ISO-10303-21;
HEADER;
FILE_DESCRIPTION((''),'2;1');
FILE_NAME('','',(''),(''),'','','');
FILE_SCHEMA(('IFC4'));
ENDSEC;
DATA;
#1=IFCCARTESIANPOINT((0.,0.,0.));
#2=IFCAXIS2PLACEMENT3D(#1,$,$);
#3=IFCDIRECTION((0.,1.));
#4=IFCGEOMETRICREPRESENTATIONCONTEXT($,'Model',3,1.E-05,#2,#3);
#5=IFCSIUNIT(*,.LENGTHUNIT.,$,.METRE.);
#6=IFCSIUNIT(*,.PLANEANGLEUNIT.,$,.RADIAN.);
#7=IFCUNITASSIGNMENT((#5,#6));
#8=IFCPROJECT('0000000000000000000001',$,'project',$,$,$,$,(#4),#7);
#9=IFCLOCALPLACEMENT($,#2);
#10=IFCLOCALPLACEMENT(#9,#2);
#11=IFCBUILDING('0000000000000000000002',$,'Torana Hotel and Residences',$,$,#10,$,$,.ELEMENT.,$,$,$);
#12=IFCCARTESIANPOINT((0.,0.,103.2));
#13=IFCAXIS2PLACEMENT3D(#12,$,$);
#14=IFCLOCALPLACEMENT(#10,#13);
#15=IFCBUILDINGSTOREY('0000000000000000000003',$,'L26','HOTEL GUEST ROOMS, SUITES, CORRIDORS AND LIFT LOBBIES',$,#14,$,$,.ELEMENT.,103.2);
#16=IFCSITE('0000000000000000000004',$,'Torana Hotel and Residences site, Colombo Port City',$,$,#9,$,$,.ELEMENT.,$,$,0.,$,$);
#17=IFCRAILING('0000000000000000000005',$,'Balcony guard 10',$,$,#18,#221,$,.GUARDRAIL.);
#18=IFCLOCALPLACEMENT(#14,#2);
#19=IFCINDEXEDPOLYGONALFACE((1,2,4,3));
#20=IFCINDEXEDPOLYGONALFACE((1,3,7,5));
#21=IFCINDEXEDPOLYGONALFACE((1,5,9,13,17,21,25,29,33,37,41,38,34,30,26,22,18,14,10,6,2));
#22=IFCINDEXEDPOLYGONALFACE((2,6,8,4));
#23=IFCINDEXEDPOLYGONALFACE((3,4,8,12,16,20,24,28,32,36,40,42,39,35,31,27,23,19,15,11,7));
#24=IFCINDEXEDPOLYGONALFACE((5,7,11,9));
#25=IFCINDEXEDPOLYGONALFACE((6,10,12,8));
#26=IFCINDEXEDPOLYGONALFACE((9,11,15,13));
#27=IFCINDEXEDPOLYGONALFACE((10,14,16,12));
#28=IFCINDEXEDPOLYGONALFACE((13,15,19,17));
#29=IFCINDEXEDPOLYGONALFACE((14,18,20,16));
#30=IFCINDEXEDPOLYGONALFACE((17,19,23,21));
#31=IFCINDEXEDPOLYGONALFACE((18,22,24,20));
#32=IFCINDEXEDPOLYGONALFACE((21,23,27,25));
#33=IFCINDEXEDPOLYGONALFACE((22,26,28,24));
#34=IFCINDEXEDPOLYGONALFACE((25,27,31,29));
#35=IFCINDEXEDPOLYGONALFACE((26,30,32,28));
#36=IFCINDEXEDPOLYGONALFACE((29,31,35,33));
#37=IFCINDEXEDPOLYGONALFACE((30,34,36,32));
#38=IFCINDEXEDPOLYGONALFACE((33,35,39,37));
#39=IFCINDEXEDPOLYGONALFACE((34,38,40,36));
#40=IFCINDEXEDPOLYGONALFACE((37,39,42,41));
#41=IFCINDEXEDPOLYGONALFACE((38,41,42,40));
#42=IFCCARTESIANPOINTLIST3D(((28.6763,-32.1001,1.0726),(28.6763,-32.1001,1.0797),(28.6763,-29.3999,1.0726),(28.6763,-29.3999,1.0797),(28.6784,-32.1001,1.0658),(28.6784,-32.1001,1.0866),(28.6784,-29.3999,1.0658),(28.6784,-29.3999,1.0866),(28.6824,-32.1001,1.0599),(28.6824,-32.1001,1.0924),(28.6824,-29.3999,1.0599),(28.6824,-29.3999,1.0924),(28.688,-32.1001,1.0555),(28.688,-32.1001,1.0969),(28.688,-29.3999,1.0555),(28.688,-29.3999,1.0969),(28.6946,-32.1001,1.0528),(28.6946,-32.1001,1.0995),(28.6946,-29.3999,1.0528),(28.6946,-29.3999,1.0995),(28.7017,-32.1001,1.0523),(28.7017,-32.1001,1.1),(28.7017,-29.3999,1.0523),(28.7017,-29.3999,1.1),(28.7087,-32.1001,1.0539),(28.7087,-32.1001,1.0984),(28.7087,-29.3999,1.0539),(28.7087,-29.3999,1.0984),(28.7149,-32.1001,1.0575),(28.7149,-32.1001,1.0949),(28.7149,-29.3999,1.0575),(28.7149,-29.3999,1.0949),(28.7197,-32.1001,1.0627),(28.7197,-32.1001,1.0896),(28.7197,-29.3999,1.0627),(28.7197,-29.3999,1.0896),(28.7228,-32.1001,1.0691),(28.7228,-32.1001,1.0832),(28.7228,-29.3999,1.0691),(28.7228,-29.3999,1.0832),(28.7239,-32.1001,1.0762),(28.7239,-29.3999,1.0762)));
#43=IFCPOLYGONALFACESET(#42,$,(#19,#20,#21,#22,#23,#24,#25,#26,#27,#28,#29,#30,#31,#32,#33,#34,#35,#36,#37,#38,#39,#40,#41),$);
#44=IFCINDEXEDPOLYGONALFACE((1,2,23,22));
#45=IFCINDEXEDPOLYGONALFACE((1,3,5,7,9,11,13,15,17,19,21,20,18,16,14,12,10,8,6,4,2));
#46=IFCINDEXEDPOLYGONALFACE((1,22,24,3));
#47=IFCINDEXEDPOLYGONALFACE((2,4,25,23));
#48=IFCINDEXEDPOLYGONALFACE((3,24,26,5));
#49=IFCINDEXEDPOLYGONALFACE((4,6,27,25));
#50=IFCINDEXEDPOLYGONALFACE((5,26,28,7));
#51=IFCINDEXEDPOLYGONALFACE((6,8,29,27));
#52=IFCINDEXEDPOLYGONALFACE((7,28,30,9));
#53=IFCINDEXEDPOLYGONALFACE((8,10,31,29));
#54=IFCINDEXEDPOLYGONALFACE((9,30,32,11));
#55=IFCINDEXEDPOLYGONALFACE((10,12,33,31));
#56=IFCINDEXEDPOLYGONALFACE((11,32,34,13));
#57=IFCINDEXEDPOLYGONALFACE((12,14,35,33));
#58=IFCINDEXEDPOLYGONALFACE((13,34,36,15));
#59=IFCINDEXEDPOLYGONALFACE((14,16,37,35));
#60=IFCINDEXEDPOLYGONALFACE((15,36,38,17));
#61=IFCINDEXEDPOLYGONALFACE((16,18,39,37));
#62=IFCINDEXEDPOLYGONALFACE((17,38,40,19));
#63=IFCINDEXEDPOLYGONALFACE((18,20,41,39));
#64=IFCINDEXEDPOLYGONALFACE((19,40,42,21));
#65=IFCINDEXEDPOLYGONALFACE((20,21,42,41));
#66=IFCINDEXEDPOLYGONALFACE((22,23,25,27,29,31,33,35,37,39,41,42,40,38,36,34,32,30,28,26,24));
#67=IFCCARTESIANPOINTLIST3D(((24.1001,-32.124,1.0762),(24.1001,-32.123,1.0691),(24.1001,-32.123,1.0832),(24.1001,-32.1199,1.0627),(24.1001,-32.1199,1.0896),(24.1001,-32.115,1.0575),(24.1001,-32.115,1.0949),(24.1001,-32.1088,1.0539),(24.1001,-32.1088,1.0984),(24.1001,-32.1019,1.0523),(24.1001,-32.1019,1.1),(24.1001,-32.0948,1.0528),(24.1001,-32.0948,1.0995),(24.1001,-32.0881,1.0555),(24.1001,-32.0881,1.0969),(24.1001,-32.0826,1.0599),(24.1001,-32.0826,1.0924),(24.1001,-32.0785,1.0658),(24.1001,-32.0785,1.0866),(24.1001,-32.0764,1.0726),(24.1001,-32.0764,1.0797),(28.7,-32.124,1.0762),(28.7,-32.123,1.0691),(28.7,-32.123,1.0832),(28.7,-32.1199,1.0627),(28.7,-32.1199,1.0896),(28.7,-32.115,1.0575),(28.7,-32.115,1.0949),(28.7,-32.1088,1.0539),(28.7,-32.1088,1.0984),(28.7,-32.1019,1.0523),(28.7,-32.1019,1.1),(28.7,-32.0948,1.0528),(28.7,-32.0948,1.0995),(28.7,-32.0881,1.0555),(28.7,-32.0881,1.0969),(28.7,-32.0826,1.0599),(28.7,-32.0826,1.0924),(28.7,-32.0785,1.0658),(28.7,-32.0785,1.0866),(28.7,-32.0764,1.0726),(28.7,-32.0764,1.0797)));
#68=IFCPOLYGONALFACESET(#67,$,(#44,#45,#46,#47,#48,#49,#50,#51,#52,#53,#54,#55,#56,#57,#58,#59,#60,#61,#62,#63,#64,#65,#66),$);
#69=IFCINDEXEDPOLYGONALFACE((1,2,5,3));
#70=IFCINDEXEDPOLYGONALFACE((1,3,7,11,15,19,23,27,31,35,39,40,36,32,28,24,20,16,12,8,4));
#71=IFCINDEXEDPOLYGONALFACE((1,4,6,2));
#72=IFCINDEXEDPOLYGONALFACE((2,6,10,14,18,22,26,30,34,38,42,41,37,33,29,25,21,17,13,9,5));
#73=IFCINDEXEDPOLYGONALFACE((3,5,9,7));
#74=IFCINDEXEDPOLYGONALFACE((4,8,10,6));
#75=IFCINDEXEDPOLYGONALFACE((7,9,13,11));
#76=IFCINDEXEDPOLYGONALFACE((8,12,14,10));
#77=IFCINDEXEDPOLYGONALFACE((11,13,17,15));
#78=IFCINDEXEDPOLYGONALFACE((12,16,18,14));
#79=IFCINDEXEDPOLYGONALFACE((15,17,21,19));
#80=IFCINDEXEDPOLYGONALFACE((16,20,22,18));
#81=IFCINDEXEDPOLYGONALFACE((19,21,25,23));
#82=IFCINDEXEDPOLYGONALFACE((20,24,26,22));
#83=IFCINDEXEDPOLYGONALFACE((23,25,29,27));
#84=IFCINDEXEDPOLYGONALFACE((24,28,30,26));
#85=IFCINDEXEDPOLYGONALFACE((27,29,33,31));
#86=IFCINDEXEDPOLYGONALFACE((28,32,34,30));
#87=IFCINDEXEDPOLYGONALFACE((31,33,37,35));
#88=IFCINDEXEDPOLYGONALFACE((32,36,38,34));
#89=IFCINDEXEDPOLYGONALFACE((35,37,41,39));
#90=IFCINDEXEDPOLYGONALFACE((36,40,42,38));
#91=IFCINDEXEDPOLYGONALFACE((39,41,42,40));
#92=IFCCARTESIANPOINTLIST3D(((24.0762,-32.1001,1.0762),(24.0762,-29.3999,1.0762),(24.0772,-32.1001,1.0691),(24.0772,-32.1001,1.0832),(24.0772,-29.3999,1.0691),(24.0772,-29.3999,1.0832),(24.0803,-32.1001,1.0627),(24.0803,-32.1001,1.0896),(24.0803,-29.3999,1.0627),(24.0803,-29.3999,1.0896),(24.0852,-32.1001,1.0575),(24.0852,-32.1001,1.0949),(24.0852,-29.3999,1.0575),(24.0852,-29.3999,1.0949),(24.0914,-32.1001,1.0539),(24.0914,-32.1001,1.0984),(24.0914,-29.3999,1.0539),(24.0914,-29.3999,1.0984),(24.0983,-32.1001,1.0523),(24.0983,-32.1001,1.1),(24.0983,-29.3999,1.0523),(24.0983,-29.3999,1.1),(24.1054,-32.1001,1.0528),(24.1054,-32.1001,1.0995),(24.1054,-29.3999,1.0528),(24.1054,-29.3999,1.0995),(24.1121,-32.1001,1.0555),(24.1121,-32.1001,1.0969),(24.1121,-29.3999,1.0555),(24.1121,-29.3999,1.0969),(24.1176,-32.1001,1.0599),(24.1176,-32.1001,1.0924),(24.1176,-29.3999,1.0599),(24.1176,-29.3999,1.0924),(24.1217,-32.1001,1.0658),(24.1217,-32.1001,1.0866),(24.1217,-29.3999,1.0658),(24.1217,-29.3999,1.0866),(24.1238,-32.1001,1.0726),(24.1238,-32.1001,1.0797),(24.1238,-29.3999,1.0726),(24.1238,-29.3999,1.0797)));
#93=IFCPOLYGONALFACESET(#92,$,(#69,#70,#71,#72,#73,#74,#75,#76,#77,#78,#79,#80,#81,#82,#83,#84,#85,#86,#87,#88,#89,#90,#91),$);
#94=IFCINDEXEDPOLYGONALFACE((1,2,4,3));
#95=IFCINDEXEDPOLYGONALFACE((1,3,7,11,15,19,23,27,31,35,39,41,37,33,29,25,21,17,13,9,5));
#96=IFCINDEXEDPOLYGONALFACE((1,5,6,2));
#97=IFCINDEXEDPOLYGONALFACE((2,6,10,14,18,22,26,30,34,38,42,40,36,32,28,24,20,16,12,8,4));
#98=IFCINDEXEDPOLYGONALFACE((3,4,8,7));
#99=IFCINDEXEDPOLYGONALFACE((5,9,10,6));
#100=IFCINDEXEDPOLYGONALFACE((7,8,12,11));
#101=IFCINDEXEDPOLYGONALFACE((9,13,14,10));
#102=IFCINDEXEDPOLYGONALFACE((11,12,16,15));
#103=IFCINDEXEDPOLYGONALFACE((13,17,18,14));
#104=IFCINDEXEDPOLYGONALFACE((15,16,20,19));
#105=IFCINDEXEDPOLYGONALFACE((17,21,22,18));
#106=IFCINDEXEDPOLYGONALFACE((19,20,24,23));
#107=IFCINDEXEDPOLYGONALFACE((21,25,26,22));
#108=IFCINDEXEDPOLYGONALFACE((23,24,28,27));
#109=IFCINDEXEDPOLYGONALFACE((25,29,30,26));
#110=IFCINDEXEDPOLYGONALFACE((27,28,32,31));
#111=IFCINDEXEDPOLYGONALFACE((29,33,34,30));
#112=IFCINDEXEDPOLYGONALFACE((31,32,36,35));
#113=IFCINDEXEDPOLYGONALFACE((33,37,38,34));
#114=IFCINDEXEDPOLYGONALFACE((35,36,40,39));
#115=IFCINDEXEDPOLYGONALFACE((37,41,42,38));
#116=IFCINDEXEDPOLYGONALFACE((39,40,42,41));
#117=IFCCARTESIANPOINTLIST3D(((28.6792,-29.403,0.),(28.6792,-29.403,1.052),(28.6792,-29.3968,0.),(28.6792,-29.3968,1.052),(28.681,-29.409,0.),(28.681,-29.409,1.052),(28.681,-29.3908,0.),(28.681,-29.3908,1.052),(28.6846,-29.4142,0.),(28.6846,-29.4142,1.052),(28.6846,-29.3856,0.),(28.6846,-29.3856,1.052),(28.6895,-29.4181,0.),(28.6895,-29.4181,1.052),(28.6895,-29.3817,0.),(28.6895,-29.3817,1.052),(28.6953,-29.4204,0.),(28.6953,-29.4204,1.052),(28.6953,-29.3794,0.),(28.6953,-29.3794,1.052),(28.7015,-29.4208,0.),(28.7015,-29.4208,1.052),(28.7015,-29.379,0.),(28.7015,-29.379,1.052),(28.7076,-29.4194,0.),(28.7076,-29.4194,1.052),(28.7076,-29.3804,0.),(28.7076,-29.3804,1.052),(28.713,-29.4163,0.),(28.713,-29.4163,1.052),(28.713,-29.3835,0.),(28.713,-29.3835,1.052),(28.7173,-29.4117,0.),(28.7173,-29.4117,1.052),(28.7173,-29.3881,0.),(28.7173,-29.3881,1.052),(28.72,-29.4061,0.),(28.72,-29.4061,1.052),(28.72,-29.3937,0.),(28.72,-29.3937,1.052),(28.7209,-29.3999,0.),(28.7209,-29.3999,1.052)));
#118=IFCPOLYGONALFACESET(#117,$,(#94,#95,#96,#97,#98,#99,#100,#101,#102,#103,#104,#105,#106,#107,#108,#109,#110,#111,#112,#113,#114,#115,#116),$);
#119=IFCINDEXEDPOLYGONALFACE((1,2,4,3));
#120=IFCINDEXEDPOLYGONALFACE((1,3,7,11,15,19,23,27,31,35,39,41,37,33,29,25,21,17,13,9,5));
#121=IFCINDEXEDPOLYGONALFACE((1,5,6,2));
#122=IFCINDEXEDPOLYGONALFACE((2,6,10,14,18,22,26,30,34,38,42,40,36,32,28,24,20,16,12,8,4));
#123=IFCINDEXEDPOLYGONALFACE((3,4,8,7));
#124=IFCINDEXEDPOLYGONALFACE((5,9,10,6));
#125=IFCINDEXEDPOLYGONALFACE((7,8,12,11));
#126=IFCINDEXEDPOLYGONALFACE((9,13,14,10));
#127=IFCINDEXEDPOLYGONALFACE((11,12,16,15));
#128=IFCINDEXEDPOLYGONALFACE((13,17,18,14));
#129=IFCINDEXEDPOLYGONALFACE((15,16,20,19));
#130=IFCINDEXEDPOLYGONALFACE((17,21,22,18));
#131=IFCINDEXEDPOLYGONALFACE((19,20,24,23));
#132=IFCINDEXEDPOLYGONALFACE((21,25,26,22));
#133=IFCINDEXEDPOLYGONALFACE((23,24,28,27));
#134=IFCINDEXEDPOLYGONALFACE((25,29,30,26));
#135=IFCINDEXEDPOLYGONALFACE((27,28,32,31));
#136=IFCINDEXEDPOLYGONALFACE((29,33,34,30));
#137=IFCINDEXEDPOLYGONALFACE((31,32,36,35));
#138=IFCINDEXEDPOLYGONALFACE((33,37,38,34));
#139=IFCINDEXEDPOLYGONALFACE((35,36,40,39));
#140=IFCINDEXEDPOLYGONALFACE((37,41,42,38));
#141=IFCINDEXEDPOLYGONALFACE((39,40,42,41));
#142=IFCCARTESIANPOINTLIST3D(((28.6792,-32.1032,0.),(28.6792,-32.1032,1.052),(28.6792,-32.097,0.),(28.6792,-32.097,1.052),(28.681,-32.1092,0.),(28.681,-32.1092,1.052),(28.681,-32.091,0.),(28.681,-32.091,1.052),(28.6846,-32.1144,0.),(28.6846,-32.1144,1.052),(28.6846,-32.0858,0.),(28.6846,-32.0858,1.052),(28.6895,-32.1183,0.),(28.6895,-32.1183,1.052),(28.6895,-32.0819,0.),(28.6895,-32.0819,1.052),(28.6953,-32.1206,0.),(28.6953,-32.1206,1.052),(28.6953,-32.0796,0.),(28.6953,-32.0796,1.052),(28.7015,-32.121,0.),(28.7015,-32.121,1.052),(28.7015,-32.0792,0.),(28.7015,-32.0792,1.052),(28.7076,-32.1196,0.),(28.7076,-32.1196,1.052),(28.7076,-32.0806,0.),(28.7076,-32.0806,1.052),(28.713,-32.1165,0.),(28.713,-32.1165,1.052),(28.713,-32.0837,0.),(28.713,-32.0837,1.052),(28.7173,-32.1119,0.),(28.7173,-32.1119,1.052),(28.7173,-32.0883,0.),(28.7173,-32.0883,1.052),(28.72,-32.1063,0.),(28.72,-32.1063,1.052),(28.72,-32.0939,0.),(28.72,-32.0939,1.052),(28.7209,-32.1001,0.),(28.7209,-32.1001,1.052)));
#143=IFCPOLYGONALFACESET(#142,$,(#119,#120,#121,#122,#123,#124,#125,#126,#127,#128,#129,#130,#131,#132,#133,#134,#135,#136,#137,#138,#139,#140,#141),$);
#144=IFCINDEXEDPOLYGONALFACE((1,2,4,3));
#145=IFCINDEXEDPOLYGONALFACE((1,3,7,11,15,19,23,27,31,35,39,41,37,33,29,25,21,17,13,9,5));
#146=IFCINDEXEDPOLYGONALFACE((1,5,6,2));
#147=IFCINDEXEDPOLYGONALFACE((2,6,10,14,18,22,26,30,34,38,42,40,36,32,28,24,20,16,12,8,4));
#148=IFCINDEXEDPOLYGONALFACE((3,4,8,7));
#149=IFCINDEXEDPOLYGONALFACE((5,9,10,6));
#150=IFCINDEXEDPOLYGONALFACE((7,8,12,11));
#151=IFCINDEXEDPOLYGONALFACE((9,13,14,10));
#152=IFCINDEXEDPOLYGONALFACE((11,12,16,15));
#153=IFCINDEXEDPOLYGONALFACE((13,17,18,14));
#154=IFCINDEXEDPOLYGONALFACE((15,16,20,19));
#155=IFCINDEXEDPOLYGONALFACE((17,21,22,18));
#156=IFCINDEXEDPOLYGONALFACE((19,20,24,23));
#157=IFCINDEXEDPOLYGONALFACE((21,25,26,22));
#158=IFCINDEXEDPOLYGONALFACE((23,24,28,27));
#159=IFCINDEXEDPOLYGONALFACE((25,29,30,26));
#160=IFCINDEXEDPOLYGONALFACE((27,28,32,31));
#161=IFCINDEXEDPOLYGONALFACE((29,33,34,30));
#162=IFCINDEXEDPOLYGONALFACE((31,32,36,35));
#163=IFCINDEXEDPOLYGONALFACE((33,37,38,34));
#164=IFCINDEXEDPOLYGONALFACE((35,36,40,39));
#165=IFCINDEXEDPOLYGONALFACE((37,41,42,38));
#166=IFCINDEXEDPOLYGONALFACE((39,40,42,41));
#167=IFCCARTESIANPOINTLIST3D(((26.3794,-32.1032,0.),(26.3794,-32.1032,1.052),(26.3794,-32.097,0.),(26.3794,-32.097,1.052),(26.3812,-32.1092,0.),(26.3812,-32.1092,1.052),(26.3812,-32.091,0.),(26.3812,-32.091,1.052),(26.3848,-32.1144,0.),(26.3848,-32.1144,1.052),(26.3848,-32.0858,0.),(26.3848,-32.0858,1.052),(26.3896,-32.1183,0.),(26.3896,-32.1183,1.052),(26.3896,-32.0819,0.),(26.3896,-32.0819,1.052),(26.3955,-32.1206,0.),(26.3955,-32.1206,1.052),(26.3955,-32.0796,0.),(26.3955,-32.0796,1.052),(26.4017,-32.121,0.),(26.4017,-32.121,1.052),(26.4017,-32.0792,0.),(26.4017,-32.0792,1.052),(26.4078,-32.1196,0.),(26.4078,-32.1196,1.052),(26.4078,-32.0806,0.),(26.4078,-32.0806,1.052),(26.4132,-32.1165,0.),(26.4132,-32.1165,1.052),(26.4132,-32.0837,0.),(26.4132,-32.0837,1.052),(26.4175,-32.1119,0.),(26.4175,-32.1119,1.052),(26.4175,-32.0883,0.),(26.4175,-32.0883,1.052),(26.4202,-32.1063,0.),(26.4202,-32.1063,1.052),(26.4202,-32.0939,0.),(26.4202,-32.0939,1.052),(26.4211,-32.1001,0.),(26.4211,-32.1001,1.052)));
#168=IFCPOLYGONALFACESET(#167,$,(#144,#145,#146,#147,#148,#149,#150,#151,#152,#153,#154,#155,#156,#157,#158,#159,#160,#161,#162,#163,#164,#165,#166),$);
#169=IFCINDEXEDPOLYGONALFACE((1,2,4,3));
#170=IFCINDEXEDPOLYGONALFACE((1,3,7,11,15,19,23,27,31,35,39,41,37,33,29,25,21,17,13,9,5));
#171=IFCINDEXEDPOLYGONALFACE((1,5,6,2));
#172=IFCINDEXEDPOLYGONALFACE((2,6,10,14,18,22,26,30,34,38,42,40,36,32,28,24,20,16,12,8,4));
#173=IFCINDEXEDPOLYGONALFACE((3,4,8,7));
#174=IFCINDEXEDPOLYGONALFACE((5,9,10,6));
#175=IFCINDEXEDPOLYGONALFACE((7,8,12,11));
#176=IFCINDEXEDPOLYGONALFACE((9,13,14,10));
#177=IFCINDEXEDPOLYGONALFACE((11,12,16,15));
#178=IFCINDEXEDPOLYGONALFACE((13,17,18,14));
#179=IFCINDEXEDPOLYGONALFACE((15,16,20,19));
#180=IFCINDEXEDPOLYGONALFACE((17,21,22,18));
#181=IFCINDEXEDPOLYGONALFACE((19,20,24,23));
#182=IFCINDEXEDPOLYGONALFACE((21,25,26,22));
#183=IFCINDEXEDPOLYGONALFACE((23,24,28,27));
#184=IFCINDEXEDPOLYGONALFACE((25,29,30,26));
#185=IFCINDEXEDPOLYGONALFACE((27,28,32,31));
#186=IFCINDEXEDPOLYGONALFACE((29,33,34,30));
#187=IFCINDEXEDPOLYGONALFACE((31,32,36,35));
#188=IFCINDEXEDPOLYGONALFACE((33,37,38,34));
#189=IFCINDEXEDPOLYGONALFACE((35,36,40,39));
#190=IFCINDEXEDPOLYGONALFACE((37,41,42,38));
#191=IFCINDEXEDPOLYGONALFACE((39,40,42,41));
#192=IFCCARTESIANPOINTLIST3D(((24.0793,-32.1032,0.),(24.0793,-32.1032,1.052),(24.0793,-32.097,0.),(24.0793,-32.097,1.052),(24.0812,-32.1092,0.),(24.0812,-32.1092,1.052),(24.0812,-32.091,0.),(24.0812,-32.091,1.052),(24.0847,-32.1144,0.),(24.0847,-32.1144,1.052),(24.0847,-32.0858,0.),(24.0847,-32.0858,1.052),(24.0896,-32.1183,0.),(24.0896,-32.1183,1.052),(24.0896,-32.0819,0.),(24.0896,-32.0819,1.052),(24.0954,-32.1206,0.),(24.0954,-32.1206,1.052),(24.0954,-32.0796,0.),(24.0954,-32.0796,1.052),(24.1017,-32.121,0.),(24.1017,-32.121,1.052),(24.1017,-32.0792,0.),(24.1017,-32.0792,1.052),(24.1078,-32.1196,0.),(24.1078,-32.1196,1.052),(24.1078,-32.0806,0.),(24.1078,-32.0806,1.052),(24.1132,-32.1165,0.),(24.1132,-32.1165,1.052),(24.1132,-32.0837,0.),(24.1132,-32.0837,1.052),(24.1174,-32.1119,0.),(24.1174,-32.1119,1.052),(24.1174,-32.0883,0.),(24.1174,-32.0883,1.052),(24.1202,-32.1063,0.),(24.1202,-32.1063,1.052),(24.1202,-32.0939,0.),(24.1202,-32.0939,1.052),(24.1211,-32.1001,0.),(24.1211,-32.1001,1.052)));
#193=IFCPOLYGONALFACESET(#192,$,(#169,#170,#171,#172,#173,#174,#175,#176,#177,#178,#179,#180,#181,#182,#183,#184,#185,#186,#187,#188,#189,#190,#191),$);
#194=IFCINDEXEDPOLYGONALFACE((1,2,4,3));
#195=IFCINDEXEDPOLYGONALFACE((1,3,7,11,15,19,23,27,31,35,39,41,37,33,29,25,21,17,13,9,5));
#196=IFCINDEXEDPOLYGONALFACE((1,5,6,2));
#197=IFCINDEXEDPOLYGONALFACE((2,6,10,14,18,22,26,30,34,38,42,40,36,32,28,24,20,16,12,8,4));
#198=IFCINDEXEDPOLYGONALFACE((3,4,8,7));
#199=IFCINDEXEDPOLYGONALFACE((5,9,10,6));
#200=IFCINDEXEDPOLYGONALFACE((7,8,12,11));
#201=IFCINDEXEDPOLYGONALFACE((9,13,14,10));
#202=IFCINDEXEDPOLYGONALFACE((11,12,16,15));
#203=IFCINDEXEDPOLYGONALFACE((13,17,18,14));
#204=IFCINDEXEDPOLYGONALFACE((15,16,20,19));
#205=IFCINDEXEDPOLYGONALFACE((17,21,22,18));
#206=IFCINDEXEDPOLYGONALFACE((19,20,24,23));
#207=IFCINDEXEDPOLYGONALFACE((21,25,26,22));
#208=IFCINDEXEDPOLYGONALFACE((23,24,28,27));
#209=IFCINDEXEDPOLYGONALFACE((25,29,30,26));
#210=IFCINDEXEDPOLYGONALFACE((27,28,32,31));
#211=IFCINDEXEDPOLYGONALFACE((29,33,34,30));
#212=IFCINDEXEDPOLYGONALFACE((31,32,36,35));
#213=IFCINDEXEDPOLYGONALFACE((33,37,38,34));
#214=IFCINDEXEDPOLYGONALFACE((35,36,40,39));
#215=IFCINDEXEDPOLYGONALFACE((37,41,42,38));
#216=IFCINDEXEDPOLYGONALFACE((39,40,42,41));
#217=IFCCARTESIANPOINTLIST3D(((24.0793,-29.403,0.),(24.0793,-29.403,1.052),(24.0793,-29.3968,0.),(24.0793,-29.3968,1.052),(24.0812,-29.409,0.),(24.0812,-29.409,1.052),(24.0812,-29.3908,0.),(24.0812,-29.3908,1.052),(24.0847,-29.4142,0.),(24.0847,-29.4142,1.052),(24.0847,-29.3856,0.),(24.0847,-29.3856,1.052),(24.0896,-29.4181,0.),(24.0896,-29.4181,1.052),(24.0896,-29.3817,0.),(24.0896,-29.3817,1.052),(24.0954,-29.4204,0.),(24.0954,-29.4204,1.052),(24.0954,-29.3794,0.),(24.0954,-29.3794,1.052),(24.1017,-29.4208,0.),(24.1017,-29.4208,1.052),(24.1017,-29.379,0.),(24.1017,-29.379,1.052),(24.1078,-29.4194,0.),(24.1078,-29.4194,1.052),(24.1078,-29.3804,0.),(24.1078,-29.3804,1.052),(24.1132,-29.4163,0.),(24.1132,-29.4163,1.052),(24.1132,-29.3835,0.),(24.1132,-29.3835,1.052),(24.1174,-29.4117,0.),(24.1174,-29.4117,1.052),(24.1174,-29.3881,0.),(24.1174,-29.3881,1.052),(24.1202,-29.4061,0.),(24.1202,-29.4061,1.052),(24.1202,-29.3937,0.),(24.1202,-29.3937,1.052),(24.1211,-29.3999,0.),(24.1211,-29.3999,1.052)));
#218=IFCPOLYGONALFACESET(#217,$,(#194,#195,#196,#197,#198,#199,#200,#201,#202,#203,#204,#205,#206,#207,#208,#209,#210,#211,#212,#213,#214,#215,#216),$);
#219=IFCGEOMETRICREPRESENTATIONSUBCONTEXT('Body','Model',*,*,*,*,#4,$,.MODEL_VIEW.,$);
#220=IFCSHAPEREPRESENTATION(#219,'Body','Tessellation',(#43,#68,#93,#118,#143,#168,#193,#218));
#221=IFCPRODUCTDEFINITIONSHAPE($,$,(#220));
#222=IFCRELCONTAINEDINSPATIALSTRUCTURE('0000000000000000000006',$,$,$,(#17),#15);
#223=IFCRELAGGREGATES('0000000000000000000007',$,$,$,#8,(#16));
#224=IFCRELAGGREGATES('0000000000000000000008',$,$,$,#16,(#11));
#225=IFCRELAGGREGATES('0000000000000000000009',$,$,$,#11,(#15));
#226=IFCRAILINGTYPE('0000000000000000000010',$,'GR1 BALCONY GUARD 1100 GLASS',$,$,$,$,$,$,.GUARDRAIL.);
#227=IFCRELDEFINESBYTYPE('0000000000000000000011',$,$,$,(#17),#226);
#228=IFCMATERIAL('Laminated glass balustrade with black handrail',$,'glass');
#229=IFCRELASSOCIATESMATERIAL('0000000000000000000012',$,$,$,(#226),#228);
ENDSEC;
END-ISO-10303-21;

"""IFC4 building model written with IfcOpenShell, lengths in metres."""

from ifc_helpers import new_model, si_unit, direction, frame, origin, origin_2d, place, context, subcontext, project, spatial, circle, extrude, material, type_object, element, save


model = new_model("IFC4")

# Units and contexts
model_context = context("Model", 3, precision=1e-05, world=origin(), true_north=direction((0.0, 1.0)))
body_context = subcontext(model_context, "Body", "Model", "MODEL_VIEW")
ifc_project = project(units=[si_unit("LENGTHUNIT", "METRE"), si_unit("PLANEANGLEUNIT", "RADIAN")], contexts=[model_context])

# Site, building, storey
site_placement = place(None, origin())
site = spatial("IfcSite", under=ifc_project, at=site_placement, Name="Torana Hotel and Residences site, Colombo Port City", CompositionType="ELEMENT", RefElevation=0.0)
building_placement = place(site_placement, origin())
building = spatial("IfcBuilding", under=site, at=building_placement, Name="Torana Hotel and Residences", CompositionType="ELEMENT")
storey_placement = place(building_placement, frame((0.0, 0.0, 103.2)))
storey = spatial("IfcBuildingStorey", under=building, at=storey_placement, Name="L26", Description="HOTEL GUEST ROOMS, SUITES, CORRIDORS AND LIFT LOBBIES", CompositionType="ELEMENT", Elevation=103.2)

# Railing
ifc_material_1 = material(Name="Laminated glass balustrade with black handrail", Category="glass")
railing_type = type_object("IfcRailingType", Name="GR1 BALCONY GUARD 1100 GLASS", PredefinedType="GUARDRAIL", material=ifc_material_1)
railing_placement = place(storey_placement, frame((28.7, -29.3999, 0.0)))
element("IfcRailing", 1, at=railing_placement, inside=storey, type_object=railing_type, Name="Balcony guard 10", PredefinedType="GUARDRAIL", context=body_context, shape_type="SweptSolid", body=[
    extrude(circle(Radius=0.0239, at=origin_2d()), frame((0.0, 0.0, 1.0762), z_axis=(0.0, -1.0, 0.0), x_axis=(1.0, 0.0, 0.0)), (0.0, 0.0, 1.0), 2.7002),
    extrude(circle(Radius=0.0239, at=origin_2d()), frame((0.0, -2.7002, 1.0762), z_axis=(-1.0, 0.0, 0.0), x_axis=(0.0, -1.0, 0.0)), (0.0, 0.0, 1.0), 4.5999),
    extrude(circle(Radius=0.0239, at=origin_2d()), frame((-4.5999, -2.7002, 1.0762), z_axis=(0.0, 1.0, 0.0), x_axis=(-1.0, 0.0, 0.0)), (0.0, 0.0, 1.0), 2.7002),
    extrude(circle(Radius=0.021, at=origin_2d()), origin(), (0.0, 0.0, 1.0), 1.052),
    extrude(circle(Radius=0.021, at=origin_2d()), frame((0.0, -2.7002, 0.0)), (0.0, 0.0, 1.0), 1.052),
    extrude(circle(Radius=0.021, at=origin_2d()), frame((-2.2998, -2.7002, 0.0)), (0.0, 0.0, 1.0), 1.052),
    extrude(circle(Radius=0.021, at=origin_2d()), frame((-4.5999, -2.7002, 0.0)), (0.0, 0.0, 1.0), 1.052),
    extrude(circle(Radius=0.021, at=origin_2d()), frame((-4.5999, 0.0, 0.0)), (0.0, 0.0, 1.0), 1.052),
])

save(model, "model.ifc")
